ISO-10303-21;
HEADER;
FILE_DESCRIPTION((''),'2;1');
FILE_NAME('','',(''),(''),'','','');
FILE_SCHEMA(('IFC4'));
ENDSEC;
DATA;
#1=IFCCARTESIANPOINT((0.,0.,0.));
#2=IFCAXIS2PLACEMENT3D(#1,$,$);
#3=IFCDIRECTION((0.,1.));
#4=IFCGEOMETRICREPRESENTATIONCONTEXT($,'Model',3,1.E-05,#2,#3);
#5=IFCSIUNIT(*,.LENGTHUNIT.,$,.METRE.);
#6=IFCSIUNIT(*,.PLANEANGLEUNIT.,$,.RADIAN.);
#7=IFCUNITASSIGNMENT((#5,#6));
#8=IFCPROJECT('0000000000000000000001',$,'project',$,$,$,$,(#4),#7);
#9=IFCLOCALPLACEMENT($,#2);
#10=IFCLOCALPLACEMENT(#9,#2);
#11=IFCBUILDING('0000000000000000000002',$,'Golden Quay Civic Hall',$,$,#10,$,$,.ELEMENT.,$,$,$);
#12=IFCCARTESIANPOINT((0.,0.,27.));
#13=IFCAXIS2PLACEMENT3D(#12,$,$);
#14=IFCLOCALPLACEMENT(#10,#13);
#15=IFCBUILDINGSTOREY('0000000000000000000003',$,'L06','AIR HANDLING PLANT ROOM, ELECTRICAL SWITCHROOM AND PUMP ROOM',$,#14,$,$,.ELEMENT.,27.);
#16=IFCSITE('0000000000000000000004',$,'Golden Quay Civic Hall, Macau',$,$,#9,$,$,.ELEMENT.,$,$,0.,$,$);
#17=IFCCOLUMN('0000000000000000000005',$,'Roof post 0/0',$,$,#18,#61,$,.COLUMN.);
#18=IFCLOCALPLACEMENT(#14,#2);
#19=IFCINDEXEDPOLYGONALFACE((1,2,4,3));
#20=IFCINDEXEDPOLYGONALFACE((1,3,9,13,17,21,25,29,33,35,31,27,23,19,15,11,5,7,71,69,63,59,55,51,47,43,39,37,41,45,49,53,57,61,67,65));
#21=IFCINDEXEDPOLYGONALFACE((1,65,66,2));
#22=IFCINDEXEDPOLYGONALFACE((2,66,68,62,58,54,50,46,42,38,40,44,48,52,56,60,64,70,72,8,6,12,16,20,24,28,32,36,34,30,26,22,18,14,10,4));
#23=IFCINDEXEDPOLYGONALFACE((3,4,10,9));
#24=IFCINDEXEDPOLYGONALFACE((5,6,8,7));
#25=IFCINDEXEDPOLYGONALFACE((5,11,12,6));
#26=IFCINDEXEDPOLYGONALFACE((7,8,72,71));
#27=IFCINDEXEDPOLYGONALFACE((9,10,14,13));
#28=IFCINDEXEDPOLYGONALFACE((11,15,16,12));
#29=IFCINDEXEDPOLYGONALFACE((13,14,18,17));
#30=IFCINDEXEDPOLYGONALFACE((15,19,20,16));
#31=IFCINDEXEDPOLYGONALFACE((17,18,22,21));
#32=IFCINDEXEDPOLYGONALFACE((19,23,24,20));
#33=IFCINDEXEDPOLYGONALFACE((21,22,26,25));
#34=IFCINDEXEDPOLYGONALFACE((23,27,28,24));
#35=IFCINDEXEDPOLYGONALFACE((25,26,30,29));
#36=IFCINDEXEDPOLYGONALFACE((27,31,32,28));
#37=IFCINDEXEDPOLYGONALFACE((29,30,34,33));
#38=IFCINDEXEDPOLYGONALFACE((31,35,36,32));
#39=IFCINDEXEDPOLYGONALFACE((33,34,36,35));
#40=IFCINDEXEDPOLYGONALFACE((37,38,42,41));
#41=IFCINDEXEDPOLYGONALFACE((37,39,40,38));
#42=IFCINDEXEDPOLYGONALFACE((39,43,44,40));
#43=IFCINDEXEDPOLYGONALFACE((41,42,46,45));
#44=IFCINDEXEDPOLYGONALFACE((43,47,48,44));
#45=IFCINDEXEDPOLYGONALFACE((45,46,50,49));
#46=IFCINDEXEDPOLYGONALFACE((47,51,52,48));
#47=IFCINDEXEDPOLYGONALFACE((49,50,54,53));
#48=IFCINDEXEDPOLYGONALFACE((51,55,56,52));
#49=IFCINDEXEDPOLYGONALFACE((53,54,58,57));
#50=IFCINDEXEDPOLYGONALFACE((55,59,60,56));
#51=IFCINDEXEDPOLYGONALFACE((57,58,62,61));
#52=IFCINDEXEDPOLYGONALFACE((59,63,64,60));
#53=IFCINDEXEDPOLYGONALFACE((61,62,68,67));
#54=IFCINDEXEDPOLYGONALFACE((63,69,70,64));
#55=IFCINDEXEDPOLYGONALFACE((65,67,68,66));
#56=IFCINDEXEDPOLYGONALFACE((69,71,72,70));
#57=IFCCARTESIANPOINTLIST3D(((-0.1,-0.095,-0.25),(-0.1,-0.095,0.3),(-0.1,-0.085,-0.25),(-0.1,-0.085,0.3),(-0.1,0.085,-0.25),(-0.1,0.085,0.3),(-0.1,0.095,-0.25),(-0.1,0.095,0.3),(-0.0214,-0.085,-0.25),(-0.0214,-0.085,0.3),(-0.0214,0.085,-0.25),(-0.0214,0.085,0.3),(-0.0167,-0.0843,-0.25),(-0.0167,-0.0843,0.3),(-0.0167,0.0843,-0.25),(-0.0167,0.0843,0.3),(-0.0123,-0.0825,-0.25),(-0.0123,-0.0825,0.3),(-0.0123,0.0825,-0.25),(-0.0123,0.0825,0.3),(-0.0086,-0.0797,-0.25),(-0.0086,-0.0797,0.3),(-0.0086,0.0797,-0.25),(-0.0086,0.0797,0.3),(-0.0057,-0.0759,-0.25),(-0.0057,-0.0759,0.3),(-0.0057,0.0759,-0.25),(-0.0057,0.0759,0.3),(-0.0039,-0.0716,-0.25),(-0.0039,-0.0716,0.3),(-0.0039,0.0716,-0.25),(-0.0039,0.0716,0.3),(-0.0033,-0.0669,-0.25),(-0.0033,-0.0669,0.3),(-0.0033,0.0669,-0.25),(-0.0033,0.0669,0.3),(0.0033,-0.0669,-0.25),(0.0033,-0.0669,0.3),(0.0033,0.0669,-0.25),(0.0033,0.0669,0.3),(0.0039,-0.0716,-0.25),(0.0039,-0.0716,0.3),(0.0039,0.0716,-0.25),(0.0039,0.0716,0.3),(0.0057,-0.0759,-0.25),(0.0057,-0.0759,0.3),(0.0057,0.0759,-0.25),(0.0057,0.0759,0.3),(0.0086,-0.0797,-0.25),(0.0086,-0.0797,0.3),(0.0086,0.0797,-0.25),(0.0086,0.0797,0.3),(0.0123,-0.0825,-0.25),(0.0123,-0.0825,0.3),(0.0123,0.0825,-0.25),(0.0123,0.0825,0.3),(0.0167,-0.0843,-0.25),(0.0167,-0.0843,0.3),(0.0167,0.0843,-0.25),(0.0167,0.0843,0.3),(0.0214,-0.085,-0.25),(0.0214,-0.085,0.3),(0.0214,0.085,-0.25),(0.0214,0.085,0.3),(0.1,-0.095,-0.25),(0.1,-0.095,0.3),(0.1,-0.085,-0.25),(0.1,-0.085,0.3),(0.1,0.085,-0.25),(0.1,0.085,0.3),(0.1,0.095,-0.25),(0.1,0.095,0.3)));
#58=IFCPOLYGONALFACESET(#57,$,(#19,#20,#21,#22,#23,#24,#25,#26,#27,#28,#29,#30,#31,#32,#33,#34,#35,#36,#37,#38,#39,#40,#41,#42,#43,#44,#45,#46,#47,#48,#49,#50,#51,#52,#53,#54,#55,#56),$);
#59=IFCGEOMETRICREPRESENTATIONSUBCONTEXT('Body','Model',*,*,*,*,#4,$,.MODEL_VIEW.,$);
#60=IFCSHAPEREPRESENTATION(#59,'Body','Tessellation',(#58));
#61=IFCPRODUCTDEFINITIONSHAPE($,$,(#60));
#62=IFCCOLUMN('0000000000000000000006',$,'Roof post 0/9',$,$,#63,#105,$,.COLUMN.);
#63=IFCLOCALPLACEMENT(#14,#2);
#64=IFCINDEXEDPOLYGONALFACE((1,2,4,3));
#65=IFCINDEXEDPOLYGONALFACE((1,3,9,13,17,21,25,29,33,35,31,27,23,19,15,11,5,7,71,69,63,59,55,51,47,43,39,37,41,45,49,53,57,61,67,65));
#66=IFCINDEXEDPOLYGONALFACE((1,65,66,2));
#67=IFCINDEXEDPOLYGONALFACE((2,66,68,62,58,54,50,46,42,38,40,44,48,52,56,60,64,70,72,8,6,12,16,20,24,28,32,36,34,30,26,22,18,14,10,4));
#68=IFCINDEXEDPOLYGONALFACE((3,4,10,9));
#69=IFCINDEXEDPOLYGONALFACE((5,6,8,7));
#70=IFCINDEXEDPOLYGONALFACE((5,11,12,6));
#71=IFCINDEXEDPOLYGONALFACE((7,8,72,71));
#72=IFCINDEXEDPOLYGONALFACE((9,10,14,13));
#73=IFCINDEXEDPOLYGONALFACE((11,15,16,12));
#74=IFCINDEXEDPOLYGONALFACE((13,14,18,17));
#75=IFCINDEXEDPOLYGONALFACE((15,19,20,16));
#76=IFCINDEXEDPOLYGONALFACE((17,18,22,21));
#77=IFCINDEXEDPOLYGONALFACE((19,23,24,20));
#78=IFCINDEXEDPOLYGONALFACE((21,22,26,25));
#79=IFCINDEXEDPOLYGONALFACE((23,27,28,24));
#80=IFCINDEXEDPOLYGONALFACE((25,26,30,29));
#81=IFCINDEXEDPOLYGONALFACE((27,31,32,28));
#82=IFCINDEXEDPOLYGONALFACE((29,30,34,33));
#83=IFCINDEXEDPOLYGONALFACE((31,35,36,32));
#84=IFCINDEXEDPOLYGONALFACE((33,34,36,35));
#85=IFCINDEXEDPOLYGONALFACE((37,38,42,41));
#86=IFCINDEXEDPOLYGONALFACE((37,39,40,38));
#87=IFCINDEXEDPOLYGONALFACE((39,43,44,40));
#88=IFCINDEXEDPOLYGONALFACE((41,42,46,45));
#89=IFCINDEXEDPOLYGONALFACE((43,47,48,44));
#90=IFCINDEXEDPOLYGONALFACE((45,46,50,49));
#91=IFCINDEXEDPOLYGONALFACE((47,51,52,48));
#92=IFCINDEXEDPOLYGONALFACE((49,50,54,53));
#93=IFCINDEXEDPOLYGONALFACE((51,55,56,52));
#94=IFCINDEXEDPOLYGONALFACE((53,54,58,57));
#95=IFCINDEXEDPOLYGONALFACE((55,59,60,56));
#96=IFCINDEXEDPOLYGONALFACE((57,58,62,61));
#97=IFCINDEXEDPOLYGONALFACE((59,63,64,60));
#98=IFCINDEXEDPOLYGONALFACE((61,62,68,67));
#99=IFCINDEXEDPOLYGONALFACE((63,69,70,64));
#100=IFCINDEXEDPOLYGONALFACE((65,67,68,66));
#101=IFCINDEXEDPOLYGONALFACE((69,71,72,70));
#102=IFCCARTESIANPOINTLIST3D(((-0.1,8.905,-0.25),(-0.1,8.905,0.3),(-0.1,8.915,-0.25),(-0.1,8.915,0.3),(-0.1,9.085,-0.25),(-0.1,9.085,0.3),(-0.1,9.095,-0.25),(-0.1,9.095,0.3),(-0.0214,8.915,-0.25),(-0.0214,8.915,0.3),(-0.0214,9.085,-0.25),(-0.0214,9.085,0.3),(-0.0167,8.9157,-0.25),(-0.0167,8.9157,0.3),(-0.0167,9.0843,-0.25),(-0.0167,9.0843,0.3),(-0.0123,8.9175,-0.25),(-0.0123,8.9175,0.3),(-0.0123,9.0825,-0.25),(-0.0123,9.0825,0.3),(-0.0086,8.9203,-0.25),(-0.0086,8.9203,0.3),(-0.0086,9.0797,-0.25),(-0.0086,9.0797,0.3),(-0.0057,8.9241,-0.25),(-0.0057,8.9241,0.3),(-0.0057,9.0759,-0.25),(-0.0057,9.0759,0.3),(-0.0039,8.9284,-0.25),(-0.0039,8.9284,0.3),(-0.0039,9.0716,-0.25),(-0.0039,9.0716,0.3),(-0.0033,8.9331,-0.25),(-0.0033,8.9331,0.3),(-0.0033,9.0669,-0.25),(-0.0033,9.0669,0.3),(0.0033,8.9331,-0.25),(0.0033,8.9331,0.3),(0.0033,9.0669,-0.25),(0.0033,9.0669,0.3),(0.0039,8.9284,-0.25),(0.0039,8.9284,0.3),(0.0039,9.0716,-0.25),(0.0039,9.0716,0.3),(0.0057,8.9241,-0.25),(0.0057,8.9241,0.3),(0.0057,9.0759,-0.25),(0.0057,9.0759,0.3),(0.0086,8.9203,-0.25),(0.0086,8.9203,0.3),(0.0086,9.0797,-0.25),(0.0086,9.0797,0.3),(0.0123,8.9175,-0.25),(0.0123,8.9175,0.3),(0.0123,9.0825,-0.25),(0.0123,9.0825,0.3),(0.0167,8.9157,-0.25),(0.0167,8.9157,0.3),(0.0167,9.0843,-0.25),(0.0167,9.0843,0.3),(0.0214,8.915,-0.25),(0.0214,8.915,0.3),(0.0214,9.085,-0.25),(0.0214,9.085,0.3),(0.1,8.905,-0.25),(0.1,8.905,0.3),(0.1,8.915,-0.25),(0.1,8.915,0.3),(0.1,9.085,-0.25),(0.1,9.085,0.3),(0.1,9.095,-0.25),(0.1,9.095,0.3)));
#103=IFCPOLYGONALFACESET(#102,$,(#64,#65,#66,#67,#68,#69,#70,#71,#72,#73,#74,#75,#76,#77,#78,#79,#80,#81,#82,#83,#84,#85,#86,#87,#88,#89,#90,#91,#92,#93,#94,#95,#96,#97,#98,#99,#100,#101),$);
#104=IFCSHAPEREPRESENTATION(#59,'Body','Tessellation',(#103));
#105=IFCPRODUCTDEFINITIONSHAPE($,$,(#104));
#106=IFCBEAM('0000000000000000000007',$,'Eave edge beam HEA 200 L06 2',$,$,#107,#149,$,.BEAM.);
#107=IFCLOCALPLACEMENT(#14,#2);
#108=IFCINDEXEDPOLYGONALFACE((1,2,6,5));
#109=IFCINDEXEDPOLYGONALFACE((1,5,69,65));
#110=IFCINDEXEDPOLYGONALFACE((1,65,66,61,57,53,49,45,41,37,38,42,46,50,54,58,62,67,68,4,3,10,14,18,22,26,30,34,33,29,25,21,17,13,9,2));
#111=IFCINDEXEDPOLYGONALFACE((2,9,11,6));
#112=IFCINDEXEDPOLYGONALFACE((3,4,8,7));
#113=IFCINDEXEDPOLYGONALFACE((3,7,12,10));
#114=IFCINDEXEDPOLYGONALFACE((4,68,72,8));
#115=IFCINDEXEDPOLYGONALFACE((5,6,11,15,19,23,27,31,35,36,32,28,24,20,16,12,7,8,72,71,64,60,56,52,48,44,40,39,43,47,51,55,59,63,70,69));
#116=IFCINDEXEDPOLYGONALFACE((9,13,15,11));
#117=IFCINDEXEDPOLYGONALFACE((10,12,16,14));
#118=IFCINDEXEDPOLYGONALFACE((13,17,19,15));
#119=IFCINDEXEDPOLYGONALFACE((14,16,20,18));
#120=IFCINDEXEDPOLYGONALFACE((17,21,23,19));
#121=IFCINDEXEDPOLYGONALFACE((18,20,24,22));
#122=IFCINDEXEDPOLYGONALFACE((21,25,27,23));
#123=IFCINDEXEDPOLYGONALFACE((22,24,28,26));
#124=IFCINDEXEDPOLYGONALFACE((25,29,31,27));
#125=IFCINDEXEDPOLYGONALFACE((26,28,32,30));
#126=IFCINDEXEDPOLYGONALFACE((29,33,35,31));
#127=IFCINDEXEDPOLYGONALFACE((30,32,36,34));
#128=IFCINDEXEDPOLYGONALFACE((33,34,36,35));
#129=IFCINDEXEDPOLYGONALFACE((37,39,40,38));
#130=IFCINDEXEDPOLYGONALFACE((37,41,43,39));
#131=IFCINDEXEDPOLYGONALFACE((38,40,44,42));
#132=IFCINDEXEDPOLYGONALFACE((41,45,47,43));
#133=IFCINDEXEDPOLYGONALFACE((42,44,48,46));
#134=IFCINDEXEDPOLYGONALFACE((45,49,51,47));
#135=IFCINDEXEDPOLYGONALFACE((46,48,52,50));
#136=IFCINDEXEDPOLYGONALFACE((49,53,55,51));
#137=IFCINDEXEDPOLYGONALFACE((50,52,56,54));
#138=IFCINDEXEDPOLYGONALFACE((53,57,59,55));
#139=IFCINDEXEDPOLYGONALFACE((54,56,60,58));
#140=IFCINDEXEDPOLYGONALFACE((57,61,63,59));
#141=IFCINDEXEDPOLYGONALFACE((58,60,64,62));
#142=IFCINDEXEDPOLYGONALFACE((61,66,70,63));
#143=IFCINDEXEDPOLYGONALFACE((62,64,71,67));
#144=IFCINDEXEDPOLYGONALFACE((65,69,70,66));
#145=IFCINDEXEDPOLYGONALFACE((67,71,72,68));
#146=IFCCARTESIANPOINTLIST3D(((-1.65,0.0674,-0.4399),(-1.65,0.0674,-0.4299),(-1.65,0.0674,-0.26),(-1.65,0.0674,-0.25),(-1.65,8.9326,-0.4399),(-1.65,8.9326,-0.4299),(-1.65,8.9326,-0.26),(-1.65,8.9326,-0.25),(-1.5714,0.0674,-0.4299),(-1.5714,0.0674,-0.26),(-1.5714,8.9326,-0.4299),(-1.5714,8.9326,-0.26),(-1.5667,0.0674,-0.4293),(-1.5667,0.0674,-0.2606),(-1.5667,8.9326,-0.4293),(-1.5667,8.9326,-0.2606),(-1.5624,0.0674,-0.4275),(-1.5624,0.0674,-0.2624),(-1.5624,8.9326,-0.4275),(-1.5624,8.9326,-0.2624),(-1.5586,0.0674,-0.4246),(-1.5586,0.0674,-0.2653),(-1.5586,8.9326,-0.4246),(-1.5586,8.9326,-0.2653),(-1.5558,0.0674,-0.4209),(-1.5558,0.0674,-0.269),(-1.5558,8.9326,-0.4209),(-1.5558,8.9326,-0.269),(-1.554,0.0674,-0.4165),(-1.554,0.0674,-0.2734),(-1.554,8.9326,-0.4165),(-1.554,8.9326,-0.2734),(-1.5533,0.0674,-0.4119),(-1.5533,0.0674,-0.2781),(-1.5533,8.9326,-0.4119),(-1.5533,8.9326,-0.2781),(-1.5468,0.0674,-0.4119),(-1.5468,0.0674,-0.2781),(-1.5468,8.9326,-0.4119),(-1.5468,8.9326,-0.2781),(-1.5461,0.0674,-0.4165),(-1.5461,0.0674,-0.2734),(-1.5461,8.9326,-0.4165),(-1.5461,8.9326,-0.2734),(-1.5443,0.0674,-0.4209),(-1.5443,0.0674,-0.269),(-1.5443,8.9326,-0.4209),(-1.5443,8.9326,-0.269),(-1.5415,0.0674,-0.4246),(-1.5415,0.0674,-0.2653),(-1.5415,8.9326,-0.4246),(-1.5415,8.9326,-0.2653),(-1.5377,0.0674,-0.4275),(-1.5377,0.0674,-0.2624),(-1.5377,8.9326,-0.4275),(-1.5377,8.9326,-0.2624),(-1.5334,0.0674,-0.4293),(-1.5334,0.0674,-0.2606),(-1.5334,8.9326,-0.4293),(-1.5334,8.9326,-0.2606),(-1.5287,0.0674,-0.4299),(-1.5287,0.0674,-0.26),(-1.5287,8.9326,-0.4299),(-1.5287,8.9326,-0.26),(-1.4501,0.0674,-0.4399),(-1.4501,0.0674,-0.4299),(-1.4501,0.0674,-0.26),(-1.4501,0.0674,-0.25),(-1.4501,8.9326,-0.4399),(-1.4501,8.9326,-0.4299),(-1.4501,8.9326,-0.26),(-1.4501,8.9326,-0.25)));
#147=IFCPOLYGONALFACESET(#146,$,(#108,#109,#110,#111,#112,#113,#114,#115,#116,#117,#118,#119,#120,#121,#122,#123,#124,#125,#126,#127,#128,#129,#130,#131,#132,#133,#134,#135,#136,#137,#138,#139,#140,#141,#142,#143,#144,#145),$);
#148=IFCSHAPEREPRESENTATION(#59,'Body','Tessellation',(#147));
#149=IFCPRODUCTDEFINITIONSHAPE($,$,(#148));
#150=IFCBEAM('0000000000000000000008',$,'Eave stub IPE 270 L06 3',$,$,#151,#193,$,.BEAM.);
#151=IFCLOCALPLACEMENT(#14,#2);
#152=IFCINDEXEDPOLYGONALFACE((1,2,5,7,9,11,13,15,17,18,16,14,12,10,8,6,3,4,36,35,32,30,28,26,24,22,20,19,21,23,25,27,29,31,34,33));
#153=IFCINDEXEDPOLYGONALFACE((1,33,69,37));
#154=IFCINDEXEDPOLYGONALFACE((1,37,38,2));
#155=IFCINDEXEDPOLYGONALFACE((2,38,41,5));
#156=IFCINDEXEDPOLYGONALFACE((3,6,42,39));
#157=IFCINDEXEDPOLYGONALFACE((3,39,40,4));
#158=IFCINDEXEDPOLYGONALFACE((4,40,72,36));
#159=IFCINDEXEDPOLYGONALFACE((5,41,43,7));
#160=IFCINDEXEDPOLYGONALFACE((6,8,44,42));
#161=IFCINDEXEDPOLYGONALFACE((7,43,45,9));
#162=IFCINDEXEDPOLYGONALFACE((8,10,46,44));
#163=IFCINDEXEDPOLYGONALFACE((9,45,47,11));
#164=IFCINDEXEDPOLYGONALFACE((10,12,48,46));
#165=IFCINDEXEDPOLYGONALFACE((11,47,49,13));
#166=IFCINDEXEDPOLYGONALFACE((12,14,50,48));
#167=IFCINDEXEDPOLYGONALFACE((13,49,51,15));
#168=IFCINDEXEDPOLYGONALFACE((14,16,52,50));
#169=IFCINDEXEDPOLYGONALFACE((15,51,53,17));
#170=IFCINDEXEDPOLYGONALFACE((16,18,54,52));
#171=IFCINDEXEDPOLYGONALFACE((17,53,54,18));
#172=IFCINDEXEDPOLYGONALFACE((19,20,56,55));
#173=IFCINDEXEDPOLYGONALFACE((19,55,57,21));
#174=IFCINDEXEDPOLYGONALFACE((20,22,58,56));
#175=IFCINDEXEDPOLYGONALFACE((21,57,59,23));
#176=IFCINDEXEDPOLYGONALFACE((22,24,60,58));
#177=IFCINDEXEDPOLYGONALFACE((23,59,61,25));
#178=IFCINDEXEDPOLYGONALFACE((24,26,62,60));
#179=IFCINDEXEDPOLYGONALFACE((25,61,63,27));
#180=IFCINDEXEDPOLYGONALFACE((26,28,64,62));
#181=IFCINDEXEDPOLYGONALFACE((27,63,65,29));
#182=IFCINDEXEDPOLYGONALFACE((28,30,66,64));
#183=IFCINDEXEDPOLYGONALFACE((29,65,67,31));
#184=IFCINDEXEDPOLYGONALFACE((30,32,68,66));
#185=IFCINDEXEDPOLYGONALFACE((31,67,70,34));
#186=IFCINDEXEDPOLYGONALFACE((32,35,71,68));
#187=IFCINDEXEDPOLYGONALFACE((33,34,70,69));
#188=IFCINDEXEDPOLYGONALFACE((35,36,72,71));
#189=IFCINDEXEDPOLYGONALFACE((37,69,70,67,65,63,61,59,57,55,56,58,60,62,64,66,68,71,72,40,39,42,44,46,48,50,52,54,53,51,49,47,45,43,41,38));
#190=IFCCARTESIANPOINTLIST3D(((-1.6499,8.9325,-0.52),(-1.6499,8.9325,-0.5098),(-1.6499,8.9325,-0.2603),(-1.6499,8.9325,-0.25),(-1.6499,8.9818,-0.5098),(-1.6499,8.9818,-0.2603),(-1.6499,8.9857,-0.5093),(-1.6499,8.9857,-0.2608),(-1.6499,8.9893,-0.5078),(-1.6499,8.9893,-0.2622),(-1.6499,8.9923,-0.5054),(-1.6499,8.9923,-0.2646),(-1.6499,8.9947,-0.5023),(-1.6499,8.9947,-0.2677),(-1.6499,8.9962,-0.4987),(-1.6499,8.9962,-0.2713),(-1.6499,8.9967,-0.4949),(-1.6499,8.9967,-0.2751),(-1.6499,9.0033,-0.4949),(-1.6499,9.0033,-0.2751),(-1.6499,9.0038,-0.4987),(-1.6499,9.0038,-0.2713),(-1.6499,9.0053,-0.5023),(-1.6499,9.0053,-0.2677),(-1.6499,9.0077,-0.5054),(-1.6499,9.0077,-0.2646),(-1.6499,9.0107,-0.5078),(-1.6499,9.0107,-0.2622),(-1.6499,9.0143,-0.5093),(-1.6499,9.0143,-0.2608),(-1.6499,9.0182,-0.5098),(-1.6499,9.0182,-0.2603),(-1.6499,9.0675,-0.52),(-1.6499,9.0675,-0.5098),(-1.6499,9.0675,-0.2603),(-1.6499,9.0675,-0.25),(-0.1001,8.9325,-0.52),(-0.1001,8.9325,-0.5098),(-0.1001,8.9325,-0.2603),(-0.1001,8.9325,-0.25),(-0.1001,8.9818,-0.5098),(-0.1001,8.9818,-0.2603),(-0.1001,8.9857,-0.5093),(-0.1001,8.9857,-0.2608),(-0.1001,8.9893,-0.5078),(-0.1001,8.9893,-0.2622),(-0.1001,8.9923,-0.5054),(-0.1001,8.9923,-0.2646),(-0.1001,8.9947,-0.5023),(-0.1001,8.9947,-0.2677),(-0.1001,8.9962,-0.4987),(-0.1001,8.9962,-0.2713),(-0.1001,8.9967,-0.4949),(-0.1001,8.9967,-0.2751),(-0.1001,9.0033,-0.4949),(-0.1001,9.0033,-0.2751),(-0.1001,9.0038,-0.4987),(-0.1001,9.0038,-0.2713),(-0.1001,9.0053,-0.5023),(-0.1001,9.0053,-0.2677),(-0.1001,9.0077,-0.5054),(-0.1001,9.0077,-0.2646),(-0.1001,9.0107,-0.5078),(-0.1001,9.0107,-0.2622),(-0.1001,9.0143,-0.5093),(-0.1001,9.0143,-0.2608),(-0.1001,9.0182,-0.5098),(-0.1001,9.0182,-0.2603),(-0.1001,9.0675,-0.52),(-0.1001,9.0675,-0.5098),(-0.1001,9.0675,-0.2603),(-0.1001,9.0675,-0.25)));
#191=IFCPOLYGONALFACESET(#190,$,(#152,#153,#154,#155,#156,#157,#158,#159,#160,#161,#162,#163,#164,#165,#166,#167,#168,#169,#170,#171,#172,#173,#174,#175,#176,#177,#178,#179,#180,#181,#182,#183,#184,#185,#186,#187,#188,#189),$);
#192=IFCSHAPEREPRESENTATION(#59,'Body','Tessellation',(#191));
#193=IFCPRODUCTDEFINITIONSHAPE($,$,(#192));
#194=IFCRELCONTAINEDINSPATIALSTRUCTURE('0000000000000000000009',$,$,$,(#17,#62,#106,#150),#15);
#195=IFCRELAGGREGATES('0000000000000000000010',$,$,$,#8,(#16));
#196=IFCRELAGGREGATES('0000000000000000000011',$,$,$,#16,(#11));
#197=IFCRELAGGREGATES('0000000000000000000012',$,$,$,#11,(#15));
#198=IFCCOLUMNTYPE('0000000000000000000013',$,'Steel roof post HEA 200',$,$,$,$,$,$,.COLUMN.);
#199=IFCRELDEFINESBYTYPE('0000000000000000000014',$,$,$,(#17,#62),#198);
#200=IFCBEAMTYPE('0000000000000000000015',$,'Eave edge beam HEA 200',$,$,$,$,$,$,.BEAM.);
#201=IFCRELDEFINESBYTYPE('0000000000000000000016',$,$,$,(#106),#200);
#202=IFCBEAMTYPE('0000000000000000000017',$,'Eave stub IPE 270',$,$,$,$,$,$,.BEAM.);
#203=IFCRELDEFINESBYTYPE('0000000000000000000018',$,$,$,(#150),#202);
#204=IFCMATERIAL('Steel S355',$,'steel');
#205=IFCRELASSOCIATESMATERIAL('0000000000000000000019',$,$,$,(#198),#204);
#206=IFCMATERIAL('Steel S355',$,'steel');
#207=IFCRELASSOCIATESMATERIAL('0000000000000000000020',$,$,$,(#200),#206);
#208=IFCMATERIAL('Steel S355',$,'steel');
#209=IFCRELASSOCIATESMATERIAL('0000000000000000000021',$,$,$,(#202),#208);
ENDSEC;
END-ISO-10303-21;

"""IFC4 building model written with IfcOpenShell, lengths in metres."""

from ifc_helpers import new_model, si_unit, direction, frame, origin, origin_2d, place, context, subcontext, project, spatial, i_section, extrude, material, material_profile, profile_set, type_object, element, save


model = new_model("IFC4")

# Units and contexts
model_context = context("Model", 3, precision=1e-05, world=origin(), true_north=direction((0.0, 1.0)))
body_context = subcontext(model_context, "Body", "Model", "MODEL_VIEW")
ifc_project = project(units=[si_unit("LENGTHUNIT", "METRE"), si_unit("PLANEANGLEUNIT", "RADIAN")], contexts=[model_context])

# Site, building, storey
site_placement = place(None, origin())
site = spatial("IfcSite", under=ifc_project, at=site_placement, Name="Golden Quay Civic Hall, Macau", CompositionType="ELEMENT", RefElevation=0.0)
building_placement = place(site_placement, origin())
building = spatial("IfcBuilding", under=site, at=building_placement, Name="Golden Quay Civic Hall", CompositionType="ELEMENT")
storey_placement = place(building_placement, frame((0.0, 0.0, 27.0)))
storey = spatial("IfcBuildingStorey", under=building, at=storey_placement, Name="L06", Description="AIR HANDLING PLANT ROOM, ELECTRICAL SWITCHROOM AND PUMP ROOM", CompositionType="ELEMENT", Elevation=27.0)

# Columns
ifc_material_1 = material(Name="Steel S355", Category="steel")
ifc_material_profile_1 = material_profile(ifc_material_1, i_section(OverallWidth=0.2, OverallDepth=0.1899, WebThickness=0.0066, FlangeThickness=0.01, FilletRadius=0.0181, at=origin_2d()), Name="HEA 200")
ifc_profile_set_1 = profile_set([ifc_material_profile_1], Name="Steel S355")
column_type = type_object("IfcColumnType", Name="Steel roof post HEA 200", PredefinedType="COLUMN", material=ifc_profile_set_1)
for number, where, z_axis, x_axis, name in (
    (1, (0.0, 0.0, -0.25), (0.0, 0.0, 1.0), (1.0, 0.0, 0.0), "Roof post 0/0"),
    (2, (0.0, 9.0, -0.25), (0.0, 0.0, 1.0), (1.0, 0.0, 0.0), "Roof post 0/9"),
):
    element("IfcColumn", number, at=place(storey_placement, frame(where, z_axis=z_axis, x_axis=x_axis)), inside=storey, type_object=column_type, Name=name, PredefinedType="COLUMN", context=body_context, shape_type="SweptSolid", body=[
        extrude(i_section(OverallWidth=0.2, OverallDepth=0.1899, WebThickness=0.0066, FlangeThickness=0.01, FilletRadius=0.0181, at=origin_2d()), origin(), (0.0, 0.0, 1.0), 0.55),
    ])

# Beams
ifc_material_2 = material(Name="Steel S355", Category="steel")
ifc_material_profile_2 = material_profile(ifc_material_2, i_section(OverallWidth=0.2, OverallDepth=0.1899, WebThickness=0.0066, FlangeThickness=0.01, FilletRadius=0.0181, at=origin_2d()), Name="HEA 200")
ifc_profile_set_2 = profile_set([ifc_material_profile_2], Name="Steel S355")
beam_type_1 = type_object("IfcBeamType", Name="Eave edge beam HEA 200", PredefinedType="BEAM", material=ifc_profile_set_2)
beam_1_placement = place(storey_placement, frame((-1.55, 0.0674, -0.345), z_axis=(0.0, 1.0, 0.0), x_axis=(-1.0, 0.0, 0.0)))
element("IfcBeam", 3, at=beam_1_placement, inside=storey, type_object=beam_type_1, Name="Eave edge beam HEA 200 L06 2", PredefinedType="BEAM", context=body_context, shape_type="SweptSolid", body=[
    extrude(i_section(OverallWidth=0.2, OverallDepth=0.1899, WebThickness=0.0066, FlangeThickness=0.01, FilletRadius=0.0181, at=origin_2d()), origin(), (0.0, 0.0, 1.0), 8.8652),
])
ifc_material_3 = material(Name="Steel S355", Category="steel")
ifc_material_profile_3 = material_profile(ifc_material_3, i_section(OverallWidth=0.135, OverallDepth=0.27, WebThickness=0.0066, FlangeThickness=0.0103, FilletRadius=0.0149, at=origin_2d()), Name="IPE 270")
ifc_profile_set_3 = profile_set([ifc_material_profile_3], Name="Steel S355")
beam_type_2 = type_object("IfcBeamType", Name="Eave stub IPE 270", PredefinedType="BEAM", material=ifc_profile_set_3)
beam_2_placement = place(storey_placement, frame((-0.1001, 9.0, -0.385), z_axis=(-1.0, 0.0, 0.0), x_axis=(0.0, -1.0, 0.0)))
element("IfcBeam", 4, at=beam_2_placement, inside=storey, type_object=beam_type_2, Name="Eave stub IPE 270 L06 3", PredefinedType="BEAM", context=body_context, shape_type="SweptSolid", body=[
    extrude(i_section(OverallWidth=0.135, OverallDepth=0.27, WebThickness=0.0066, FlangeThickness=0.0103, FilletRadius=0.0149, at=origin_2d()), origin(), (0.0, 0.0, 1.0), 1.5498),
])

save(model, "model.ifc")
